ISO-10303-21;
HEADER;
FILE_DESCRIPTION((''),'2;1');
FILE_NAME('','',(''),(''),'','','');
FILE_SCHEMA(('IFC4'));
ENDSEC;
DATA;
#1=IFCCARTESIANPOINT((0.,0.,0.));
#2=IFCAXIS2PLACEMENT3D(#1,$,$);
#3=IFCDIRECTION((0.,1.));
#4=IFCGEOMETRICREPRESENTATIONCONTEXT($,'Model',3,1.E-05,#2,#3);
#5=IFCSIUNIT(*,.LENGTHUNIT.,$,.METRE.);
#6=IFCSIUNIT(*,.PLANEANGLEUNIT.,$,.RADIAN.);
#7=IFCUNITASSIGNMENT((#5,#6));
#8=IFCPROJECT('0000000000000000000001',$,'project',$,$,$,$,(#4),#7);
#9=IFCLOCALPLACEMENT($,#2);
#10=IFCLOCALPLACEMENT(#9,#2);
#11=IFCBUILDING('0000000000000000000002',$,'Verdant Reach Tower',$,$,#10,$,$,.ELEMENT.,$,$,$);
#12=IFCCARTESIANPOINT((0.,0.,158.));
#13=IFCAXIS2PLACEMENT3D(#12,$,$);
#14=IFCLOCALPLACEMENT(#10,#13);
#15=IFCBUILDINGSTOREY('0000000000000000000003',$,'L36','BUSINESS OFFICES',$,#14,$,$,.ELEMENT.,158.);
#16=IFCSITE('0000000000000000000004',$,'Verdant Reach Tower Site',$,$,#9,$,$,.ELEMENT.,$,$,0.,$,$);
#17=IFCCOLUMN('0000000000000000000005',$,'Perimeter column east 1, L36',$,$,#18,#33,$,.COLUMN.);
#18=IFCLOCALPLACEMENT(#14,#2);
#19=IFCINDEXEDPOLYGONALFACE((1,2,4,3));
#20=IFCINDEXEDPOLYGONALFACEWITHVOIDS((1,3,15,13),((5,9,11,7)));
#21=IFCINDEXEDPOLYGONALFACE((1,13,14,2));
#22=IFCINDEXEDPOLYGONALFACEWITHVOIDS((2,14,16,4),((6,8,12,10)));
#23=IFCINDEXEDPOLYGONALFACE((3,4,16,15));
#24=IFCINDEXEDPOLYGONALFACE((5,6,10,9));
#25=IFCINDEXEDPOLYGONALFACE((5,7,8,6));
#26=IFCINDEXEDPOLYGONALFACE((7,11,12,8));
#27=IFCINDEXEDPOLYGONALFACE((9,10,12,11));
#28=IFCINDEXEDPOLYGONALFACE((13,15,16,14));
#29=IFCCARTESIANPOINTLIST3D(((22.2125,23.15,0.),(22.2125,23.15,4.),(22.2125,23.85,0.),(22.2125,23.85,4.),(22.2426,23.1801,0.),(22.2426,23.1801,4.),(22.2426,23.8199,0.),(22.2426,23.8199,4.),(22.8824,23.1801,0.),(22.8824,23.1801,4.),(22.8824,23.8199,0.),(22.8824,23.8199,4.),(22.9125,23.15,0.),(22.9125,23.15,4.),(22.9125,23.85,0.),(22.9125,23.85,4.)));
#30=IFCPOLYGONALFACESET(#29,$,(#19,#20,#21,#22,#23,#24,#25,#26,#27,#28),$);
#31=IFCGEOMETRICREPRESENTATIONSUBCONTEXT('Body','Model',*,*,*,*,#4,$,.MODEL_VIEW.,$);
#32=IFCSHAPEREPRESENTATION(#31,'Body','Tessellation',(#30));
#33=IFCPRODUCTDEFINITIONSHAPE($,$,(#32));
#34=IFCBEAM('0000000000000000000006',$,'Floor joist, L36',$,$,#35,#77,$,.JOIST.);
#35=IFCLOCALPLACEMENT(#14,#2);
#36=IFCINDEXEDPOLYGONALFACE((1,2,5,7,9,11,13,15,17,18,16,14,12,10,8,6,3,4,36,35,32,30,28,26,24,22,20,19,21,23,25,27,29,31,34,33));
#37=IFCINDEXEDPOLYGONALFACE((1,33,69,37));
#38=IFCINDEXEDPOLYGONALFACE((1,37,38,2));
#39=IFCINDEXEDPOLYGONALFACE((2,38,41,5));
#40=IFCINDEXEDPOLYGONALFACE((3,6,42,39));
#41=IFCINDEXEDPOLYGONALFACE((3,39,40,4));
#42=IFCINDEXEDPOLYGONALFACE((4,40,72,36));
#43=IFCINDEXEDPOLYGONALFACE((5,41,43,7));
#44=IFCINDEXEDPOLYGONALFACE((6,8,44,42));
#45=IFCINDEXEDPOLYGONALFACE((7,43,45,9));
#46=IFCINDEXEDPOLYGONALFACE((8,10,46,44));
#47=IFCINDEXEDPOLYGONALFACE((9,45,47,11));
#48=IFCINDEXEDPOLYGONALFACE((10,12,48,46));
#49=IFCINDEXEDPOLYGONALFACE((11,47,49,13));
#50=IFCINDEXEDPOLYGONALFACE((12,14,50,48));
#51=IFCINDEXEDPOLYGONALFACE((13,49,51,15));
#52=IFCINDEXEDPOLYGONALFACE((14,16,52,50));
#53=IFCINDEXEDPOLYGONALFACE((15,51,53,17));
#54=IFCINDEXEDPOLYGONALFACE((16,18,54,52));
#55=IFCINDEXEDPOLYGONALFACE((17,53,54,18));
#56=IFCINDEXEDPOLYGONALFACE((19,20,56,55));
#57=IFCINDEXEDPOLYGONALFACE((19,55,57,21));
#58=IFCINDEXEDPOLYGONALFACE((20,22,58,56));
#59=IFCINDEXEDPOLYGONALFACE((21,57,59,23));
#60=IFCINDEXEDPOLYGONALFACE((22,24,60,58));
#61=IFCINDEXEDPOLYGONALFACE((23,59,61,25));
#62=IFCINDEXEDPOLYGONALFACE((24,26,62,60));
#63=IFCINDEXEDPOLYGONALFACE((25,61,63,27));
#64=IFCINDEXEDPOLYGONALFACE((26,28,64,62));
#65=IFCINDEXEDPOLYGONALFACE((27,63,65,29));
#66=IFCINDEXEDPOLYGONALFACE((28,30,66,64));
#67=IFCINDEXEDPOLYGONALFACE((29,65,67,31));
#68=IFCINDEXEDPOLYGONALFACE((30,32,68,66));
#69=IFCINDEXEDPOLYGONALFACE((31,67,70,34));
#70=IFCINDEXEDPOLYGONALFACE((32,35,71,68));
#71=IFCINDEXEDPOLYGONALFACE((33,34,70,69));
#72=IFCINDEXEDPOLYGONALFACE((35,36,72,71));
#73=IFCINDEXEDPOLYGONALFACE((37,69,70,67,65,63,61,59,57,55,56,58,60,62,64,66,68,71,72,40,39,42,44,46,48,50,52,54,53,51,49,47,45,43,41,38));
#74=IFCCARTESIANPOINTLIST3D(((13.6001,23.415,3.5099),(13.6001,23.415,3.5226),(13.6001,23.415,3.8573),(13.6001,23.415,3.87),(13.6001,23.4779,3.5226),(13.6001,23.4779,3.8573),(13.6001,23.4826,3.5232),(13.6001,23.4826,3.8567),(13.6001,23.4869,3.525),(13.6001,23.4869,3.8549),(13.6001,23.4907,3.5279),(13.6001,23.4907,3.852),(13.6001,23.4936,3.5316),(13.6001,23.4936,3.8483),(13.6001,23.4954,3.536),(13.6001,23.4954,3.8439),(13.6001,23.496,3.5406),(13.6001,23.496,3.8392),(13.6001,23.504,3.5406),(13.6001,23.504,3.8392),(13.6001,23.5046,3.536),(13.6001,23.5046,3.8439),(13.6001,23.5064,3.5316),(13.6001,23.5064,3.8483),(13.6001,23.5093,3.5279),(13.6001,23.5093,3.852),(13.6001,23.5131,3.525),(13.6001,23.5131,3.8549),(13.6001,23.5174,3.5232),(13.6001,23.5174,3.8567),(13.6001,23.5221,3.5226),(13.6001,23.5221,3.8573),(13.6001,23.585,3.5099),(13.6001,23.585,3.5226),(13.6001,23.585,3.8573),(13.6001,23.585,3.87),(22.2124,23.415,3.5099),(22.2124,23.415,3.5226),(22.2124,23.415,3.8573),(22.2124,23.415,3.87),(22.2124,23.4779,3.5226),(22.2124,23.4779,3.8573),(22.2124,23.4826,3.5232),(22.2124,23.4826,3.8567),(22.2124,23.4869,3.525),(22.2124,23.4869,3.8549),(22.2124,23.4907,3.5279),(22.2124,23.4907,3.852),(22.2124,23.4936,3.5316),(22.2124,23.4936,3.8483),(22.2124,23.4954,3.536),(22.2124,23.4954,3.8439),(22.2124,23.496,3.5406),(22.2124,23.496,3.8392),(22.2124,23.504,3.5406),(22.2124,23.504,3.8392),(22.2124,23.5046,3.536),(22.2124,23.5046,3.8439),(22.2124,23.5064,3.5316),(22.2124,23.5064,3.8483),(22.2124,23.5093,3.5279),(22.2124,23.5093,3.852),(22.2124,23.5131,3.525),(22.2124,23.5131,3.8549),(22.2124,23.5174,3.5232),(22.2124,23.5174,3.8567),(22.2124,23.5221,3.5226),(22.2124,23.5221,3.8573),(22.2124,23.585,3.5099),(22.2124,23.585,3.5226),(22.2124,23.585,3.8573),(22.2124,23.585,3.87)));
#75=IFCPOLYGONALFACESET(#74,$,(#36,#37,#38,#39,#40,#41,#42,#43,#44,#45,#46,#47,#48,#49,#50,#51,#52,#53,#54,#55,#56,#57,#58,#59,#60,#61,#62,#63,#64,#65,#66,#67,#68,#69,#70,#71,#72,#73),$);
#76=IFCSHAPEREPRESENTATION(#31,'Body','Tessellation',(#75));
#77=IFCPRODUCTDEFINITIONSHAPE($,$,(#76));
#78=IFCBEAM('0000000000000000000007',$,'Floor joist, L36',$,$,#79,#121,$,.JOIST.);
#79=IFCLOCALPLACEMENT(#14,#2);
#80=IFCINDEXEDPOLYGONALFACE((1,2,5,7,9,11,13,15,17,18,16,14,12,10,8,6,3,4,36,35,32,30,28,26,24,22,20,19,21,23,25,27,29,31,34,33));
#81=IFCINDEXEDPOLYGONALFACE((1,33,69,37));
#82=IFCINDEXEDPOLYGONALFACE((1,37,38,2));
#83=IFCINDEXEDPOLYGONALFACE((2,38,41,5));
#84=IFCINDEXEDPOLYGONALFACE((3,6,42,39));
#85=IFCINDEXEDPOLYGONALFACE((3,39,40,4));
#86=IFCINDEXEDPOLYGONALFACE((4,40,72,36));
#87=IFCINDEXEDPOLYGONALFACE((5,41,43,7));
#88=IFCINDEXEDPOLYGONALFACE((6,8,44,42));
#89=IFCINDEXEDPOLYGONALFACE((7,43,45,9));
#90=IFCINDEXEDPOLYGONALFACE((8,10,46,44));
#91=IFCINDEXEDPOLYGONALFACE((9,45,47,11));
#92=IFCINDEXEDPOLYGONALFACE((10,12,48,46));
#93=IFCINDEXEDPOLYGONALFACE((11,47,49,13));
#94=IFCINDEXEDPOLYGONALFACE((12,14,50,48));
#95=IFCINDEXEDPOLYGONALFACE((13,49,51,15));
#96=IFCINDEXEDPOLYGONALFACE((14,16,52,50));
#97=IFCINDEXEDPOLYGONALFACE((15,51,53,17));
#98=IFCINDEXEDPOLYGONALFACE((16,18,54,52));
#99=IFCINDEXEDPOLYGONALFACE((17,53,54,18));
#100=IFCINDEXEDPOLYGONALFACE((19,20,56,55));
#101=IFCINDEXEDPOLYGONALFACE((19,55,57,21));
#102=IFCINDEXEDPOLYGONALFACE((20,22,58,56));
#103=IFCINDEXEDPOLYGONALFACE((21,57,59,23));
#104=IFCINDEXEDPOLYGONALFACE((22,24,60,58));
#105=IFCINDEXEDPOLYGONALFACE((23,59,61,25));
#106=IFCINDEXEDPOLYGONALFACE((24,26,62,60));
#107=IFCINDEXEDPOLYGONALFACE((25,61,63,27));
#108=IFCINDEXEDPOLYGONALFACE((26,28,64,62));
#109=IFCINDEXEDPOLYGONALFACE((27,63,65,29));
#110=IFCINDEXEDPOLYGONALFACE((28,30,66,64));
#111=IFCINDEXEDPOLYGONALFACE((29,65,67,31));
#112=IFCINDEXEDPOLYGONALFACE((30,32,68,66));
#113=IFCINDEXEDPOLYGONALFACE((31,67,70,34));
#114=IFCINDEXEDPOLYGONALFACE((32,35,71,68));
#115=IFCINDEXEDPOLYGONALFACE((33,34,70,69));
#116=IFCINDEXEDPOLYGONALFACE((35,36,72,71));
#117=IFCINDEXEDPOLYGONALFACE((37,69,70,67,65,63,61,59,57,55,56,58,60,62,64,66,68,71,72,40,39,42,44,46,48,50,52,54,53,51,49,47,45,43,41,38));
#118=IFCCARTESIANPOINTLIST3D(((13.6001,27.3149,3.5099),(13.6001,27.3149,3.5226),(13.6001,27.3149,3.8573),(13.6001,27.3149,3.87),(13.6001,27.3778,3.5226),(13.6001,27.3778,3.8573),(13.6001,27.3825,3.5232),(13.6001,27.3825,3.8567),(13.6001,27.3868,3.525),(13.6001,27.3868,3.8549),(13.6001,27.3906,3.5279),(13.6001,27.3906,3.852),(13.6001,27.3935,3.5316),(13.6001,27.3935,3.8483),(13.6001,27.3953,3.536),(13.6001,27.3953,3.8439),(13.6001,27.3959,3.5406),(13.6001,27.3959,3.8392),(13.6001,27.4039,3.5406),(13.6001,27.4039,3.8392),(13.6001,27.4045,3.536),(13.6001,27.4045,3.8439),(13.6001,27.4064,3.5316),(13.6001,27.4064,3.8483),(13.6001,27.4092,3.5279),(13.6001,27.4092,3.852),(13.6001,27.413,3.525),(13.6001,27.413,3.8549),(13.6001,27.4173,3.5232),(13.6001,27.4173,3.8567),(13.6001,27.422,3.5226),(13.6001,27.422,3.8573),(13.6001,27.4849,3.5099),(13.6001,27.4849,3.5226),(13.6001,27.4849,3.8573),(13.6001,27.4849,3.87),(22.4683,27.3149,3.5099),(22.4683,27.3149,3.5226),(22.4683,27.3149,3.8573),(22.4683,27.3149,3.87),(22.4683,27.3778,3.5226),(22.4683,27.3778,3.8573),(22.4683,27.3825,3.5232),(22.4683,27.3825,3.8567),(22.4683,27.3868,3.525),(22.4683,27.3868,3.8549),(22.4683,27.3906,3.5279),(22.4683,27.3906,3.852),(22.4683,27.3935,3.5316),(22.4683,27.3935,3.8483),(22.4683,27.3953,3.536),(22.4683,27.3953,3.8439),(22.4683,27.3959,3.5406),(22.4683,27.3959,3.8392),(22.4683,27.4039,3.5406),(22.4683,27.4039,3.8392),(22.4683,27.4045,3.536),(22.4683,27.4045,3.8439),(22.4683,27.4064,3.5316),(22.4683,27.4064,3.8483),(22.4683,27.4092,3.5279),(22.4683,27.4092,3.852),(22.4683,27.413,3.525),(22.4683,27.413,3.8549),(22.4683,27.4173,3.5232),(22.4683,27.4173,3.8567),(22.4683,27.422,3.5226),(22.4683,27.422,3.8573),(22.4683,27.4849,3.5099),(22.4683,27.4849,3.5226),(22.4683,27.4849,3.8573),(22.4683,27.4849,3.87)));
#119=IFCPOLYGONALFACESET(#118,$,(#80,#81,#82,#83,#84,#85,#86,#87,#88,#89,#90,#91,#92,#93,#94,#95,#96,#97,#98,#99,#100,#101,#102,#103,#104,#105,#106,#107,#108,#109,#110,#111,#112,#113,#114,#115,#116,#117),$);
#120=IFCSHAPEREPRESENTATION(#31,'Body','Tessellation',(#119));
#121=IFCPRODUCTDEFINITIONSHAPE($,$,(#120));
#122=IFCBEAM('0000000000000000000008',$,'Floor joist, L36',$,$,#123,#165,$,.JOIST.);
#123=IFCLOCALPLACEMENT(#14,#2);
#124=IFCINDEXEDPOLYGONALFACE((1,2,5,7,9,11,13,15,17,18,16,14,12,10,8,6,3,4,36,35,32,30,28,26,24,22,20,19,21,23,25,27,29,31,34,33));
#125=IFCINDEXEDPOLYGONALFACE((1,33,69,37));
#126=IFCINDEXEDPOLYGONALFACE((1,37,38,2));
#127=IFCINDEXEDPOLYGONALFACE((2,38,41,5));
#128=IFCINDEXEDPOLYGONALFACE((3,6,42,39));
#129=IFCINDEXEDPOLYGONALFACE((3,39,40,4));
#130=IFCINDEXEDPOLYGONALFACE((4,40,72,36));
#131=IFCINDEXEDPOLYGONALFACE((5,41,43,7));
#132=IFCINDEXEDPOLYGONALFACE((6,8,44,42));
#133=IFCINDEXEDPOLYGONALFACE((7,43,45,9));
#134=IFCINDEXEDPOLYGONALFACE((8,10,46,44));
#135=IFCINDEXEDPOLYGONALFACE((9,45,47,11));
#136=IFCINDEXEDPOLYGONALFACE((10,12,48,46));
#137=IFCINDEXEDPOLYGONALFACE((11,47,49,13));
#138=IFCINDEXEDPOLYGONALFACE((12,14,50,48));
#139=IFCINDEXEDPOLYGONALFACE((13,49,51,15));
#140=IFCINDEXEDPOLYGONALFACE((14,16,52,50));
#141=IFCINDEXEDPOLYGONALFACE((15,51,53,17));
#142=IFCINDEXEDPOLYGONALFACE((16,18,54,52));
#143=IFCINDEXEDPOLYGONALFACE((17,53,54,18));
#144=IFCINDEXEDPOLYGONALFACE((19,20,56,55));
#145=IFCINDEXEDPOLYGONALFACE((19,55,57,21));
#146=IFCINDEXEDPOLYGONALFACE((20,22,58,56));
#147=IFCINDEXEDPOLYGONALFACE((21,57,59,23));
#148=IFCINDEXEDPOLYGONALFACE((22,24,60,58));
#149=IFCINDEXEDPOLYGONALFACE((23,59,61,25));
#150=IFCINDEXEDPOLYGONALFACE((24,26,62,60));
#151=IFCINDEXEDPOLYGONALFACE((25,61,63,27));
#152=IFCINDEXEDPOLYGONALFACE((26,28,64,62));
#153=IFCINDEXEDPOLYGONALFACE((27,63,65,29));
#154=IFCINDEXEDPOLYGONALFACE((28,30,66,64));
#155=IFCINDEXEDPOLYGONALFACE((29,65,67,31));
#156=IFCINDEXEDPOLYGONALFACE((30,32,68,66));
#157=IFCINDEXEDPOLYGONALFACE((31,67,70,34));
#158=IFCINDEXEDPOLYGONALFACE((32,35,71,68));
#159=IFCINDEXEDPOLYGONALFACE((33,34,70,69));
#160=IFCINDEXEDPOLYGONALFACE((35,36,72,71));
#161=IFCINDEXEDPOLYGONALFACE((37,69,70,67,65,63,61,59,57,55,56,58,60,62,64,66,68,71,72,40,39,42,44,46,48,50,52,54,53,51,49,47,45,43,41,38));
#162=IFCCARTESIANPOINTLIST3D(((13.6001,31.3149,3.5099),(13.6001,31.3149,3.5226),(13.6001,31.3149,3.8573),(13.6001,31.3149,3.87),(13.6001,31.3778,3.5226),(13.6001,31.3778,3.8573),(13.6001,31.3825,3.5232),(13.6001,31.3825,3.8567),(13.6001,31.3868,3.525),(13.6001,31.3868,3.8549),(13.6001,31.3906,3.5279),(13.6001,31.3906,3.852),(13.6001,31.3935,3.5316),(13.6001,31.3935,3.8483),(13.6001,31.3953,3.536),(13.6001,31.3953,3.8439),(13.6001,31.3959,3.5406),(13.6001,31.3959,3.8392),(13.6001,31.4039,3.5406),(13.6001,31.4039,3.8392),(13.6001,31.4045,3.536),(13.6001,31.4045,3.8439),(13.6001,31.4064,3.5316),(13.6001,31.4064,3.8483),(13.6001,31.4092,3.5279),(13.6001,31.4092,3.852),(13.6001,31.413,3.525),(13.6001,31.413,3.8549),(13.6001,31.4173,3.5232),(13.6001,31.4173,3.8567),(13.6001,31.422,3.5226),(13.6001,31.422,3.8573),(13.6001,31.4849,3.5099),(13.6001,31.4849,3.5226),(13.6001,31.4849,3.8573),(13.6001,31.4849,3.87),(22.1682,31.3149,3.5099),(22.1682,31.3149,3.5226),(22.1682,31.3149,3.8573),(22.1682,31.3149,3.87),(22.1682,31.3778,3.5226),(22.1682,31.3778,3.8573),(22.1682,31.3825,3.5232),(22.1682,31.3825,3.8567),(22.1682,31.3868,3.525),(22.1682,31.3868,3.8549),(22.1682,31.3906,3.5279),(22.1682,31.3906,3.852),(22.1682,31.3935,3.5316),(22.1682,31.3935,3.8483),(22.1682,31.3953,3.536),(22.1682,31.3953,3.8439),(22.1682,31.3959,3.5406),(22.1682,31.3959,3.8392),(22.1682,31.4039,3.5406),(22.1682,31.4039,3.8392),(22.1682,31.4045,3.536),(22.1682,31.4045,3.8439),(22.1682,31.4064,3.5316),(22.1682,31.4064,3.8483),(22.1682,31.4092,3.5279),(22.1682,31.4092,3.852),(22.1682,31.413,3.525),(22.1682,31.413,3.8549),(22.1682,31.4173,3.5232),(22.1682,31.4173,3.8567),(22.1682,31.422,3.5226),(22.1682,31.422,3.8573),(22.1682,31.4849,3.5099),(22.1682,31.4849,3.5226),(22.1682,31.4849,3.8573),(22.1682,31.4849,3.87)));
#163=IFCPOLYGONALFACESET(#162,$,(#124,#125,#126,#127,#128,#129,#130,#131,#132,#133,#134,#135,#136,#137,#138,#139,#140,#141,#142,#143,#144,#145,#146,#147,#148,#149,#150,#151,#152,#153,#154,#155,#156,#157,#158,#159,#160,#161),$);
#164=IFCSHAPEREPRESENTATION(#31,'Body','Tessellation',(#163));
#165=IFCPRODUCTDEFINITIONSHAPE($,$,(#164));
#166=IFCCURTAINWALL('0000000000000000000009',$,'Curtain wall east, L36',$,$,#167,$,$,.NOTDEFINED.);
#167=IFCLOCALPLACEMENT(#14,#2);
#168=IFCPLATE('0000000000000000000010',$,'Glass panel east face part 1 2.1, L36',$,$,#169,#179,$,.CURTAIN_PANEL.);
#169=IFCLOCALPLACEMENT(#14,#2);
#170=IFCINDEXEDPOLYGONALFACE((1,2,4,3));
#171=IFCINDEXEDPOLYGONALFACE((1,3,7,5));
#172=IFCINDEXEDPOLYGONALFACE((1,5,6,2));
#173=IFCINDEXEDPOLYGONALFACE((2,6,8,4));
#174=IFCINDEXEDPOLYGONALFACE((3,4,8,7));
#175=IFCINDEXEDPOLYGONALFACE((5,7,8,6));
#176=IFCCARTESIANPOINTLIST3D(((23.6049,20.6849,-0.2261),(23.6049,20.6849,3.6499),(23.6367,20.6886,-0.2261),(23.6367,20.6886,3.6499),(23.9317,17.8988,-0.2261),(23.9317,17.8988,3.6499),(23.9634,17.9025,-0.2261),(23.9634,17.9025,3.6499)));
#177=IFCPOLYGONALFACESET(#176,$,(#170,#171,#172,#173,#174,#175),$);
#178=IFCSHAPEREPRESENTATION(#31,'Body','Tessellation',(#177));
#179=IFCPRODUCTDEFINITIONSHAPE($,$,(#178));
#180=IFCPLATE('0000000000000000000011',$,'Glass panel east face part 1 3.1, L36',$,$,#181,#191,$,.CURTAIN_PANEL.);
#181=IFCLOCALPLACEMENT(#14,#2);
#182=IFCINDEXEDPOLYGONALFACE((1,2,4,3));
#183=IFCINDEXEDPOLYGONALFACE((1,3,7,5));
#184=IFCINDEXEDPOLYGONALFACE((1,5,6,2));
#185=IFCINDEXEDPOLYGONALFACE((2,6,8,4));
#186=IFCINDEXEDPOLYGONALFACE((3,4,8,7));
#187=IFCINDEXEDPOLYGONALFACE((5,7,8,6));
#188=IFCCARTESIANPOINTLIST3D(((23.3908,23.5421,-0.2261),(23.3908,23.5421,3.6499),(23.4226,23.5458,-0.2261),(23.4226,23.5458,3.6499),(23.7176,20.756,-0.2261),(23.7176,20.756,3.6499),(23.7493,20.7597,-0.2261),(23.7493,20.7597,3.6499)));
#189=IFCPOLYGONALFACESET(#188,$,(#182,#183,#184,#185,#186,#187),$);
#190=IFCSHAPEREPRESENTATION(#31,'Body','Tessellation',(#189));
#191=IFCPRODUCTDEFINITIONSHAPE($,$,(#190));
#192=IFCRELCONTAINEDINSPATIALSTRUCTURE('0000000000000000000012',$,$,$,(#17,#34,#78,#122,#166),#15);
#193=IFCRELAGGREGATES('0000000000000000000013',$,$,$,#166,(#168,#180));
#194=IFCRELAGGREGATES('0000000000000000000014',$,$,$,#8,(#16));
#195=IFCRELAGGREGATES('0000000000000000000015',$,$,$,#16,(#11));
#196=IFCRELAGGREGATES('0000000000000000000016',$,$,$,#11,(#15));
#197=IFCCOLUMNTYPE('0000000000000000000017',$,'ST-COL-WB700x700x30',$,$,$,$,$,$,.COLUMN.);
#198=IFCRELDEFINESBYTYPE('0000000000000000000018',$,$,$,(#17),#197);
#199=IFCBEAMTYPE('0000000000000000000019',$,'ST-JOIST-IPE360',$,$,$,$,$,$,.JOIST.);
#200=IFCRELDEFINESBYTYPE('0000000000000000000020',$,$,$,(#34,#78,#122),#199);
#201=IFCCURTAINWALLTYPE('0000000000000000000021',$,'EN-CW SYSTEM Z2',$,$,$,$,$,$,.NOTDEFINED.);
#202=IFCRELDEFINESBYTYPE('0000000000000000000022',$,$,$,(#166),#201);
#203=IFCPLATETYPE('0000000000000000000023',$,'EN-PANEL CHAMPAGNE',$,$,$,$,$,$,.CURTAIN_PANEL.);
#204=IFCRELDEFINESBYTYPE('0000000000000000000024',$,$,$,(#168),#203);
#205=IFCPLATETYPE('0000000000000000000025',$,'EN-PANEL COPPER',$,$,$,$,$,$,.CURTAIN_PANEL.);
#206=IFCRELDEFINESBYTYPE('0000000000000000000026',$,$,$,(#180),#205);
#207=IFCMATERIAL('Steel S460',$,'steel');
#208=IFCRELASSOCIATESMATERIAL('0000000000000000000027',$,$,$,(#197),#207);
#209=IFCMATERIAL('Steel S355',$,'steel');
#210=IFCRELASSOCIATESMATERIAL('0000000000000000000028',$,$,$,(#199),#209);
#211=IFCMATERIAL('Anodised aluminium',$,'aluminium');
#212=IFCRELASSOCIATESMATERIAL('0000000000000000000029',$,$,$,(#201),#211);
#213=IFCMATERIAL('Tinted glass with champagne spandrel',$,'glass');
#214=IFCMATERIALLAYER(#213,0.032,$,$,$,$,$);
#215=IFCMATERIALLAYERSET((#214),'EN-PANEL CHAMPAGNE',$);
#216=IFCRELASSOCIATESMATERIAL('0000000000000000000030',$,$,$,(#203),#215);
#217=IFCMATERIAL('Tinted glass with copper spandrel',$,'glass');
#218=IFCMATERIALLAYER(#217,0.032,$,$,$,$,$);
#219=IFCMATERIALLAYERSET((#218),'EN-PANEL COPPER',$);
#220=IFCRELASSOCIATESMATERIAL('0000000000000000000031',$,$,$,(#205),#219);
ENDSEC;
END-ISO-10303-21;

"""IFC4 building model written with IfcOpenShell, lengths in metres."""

from ifc_helpers import new_model, si_unit, direction, frame, origin, origin_2d, place, context, subcontext, project, spatial, rectangle, hollow_rectangle, i_section, extrude, material, layer, layer_set, material_profile, profile_set, type_object, element, aggregate, save


model = new_model("IFC4")

# Units and contexts
model_context = context("Model", 3, precision=1e-05, world=origin(), true_north=direction((0.0, 1.0)))
body_context = subcontext(model_context, "Body", "Model", "MODEL_VIEW")
ifc_project = project(units=[si_unit("LENGTHUNIT", "METRE"), si_unit("PLANEANGLEUNIT", "RADIAN")], contexts=[model_context])

# Site, building, storey
site_placement = place(None, origin())
site = spatial("IfcSite", under=ifc_project, at=site_placement, Name="Verdant Reach Tower Site", CompositionType="ELEMENT", RefElevation=0.0)
building_placement = place(site_placement, origin())
building = spatial("IfcBuilding", under=site, at=building_placement, Name="Verdant Reach Tower", CompositionType="ELEMENT")
storey_placement = place(building_placement, frame((0.0, 0.0, 158.0)))
storey = spatial("IfcBuildingStorey", under=building, at=storey_placement, Name="L36", Description="BUSINESS OFFICES", CompositionType="ELEMENT", Elevation=158.0)

# Column
ifc_material_1 = material(Name="Steel S460", Category="steel")
ifc_material_profile_1 = material_profile(ifc_material_1, hollow_rectangle(XDim=0.7, YDim=0.7, WallThickness=0.03, at=origin_2d()), Name="WB 700x700x30")
ifc_profile_set_1 = profile_set([ifc_material_profile_1], Name="Steel S460")
column_type = type_object("IfcColumnType", Name="ST-COL-WB700x700x30", PredefinedType="COLUMN", material=ifc_profile_set_1)
column_placement = place(storey_placement, frame((22.5625, 23.5, 0.0), z_axis=(0.0, 0.0, 1.0), x_axis=(1.0, 0.0, 0.0)))
element("IfcColumn", 1, at=column_placement, inside=storey, type_object=column_type, Name="Perimeter column east 1, L36", PredefinedType="COLUMN", context=body_context, shape_type="SweptSolid", body=[
    extrude(hollow_rectangle(XDim=0.7, YDim=0.7, WallThickness=0.03, at=origin_2d()), origin(), (0.0, 0.0, 1.0), 4.0),
])

# Beams
ifc_material_2 = material(Name="Steel S355", Category="steel")
ifc_material_profile_2 = material_profile(ifc_material_2, i_section(OverallWidth=0.1699, OverallDepth=0.3601, WebThickness=0.0081, FlangeThickness=0.0127, FilletRadius=0.0181, at=origin_2d()), Name="IPE 360")
ifc_profile_set_2 = profile_set([ifc_material_profile_2], Name="Steel S355")
beam_type = type_object("IfcBeamType", Name="ST-JOIST-IPE360", PredefinedType="JOIST", material=ifc_profile_set_2)
beam_1_placement = place(storey_placement, frame((13.6001, 23.5, 3.6899), z_axis=(1.0, 0.0, 0.0), x_axis=(0.0, 1.0, 0.0)))
element("IfcBeam", 2, at=beam_1_placement, inside=storey, type_object=beam_type, Name="Floor joist, L36", PredefinedType="JOIST", context=body_context, shape_type="SweptSolid", body=[
    extrude(i_section(OverallWidth=0.1699, OverallDepth=0.3601, WebThickness=0.0081, FlangeThickness=0.0127, FilletRadius=0.0181, at=origin_2d()), origin(), (0.0, 0.0, 1.0), 8.6123),
])
beam_2_placement = place(storey_placement, frame((13.6001, 27.3999, 3.6899), z_axis=(1.0, 0.0, 0.0), x_axis=(0.0, 1.0, 0.0)))
element("IfcBeam", 3, at=beam_2_placement, inside=storey, type_object=beam_type, Name="Floor joist, L36", PredefinedType="JOIST", context=body_context, shape_type="SweptSolid", body=[
    extrude(i_section(OverallWidth=0.1699, OverallDepth=0.3601, WebThickness=0.0081, FlangeThickness=0.0127, FilletRadius=0.0181, at=origin_2d()), origin(), (0.0, 0.0, 1.0), 8.8682),
])
beam_3_placement = place(storey_placement, frame((13.6001, 31.3999, 3.6899), z_axis=(1.0, 0.0, 0.0), x_axis=(0.0, 1.0, 0.0)))
element("IfcBeam", 4, at=beam_3_placement, inside=storey, type_object=beam_type, Name="Floor joist, L36", PredefinedType="JOIST", context=body_context, shape_type="SweptSolid", body=[
    extrude(i_section(OverallWidth=0.1699, OverallDepth=0.3601, WebThickness=0.0081, FlangeThickness=0.0127, FilletRadius=0.0181, at=origin_2d()), origin(), (0.0, 0.0, 1.0), 8.5681),
])

# Curtain wall, plates
ifc_material_3 = material(Name="Anodised aluminium", Category="aluminium")
curtain_wall_type = type_object("IfcCurtainWallType", Name="EN-CW SYSTEM Z2", PredefinedType="NOTDEFINED", material=ifc_material_3)
curtain_wall_placement = place(storey_placement, origin())
curtain_wall = element("IfcCurtainWall", 5, at=curtain_wall_placement, inside=storey, type_object=curtain_wall_type, Name="Curtain wall east, L36", PredefinedType="NOTDEFINED")
ifc_material_4 = material(Name="Tinted glass with champagne spandrel", Category="glass")
ifc_layer_1 = layer(ifc_material_4, 0.032)
ifc_layer_set_1 = layer_set([ifc_layer_1], Name="EN-PANEL CHAMPAGNE")
plate_type_1 = type_object("IfcPlateType", Name="EN-PANEL CHAMPAGNE", PredefinedType="CURTAIN_PANEL", material=ifc_layer_set_1)
plate_1_placement = place(storey_placement, frame((23.7842, 19.2937, -0.2261), z_axis=(0.0, 0.0, 1.0), x_axis=(-0.116483, 0.993193, 0.0)))
plate_1 = element("IfcPlate", 6, at=plate_1_placement, type_object=plate_type_1, Name="Glass panel east face part 1 2.1, L36", PredefinedType="CURTAIN_PANEL", context=body_context, shape_type="SweptSolid", body=[
    extrude(rectangle(XDim=2.8052, YDim=0.032, at=origin_2d()), origin(), (0.0, 0.0, 1.0), 3.876),
])
ifc_material_5 = material(Name="Tinted glass with copper spandrel", Category="glass")
ifc_layer_2 = layer(ifc_material_5, 0.032)
ifc_layer_set_2 = layer_set([ifc_layer_2], Name="EN-PANEL COPPER")
plate_type_2 = type_object("IfcPlateType", Name="EN-PANEL COPPER", PredefinedType="CURTAIN_PANEL", material=ifc_layer_set_2)
plate_2_placement = place(storey_placement, frame((23.5701, 22.1509, -0.2261), z_axis=(0.0, 0.0, 1.0), x_axis=(-0.116483, 0.993193, 0.0)))
plate_2 = element("IfcPlate", 7, at=plate_2_placement, type_object=plate_type_2, Name="Glass panel east face part 1 3.1, L36", PredefinedType="CURTAIN_PANEL", context=body_context, shape_type="SweptSolid", body=[
    extrude(rectangle(XDim=2.8052, YDim=0.032, at=origin_2d()), origin(), (0.0, 0.0, 1.0), 3.876),
])
aggregate(curtain_wall, [plate_1, plate_2])

save(model, "model.ifc")
